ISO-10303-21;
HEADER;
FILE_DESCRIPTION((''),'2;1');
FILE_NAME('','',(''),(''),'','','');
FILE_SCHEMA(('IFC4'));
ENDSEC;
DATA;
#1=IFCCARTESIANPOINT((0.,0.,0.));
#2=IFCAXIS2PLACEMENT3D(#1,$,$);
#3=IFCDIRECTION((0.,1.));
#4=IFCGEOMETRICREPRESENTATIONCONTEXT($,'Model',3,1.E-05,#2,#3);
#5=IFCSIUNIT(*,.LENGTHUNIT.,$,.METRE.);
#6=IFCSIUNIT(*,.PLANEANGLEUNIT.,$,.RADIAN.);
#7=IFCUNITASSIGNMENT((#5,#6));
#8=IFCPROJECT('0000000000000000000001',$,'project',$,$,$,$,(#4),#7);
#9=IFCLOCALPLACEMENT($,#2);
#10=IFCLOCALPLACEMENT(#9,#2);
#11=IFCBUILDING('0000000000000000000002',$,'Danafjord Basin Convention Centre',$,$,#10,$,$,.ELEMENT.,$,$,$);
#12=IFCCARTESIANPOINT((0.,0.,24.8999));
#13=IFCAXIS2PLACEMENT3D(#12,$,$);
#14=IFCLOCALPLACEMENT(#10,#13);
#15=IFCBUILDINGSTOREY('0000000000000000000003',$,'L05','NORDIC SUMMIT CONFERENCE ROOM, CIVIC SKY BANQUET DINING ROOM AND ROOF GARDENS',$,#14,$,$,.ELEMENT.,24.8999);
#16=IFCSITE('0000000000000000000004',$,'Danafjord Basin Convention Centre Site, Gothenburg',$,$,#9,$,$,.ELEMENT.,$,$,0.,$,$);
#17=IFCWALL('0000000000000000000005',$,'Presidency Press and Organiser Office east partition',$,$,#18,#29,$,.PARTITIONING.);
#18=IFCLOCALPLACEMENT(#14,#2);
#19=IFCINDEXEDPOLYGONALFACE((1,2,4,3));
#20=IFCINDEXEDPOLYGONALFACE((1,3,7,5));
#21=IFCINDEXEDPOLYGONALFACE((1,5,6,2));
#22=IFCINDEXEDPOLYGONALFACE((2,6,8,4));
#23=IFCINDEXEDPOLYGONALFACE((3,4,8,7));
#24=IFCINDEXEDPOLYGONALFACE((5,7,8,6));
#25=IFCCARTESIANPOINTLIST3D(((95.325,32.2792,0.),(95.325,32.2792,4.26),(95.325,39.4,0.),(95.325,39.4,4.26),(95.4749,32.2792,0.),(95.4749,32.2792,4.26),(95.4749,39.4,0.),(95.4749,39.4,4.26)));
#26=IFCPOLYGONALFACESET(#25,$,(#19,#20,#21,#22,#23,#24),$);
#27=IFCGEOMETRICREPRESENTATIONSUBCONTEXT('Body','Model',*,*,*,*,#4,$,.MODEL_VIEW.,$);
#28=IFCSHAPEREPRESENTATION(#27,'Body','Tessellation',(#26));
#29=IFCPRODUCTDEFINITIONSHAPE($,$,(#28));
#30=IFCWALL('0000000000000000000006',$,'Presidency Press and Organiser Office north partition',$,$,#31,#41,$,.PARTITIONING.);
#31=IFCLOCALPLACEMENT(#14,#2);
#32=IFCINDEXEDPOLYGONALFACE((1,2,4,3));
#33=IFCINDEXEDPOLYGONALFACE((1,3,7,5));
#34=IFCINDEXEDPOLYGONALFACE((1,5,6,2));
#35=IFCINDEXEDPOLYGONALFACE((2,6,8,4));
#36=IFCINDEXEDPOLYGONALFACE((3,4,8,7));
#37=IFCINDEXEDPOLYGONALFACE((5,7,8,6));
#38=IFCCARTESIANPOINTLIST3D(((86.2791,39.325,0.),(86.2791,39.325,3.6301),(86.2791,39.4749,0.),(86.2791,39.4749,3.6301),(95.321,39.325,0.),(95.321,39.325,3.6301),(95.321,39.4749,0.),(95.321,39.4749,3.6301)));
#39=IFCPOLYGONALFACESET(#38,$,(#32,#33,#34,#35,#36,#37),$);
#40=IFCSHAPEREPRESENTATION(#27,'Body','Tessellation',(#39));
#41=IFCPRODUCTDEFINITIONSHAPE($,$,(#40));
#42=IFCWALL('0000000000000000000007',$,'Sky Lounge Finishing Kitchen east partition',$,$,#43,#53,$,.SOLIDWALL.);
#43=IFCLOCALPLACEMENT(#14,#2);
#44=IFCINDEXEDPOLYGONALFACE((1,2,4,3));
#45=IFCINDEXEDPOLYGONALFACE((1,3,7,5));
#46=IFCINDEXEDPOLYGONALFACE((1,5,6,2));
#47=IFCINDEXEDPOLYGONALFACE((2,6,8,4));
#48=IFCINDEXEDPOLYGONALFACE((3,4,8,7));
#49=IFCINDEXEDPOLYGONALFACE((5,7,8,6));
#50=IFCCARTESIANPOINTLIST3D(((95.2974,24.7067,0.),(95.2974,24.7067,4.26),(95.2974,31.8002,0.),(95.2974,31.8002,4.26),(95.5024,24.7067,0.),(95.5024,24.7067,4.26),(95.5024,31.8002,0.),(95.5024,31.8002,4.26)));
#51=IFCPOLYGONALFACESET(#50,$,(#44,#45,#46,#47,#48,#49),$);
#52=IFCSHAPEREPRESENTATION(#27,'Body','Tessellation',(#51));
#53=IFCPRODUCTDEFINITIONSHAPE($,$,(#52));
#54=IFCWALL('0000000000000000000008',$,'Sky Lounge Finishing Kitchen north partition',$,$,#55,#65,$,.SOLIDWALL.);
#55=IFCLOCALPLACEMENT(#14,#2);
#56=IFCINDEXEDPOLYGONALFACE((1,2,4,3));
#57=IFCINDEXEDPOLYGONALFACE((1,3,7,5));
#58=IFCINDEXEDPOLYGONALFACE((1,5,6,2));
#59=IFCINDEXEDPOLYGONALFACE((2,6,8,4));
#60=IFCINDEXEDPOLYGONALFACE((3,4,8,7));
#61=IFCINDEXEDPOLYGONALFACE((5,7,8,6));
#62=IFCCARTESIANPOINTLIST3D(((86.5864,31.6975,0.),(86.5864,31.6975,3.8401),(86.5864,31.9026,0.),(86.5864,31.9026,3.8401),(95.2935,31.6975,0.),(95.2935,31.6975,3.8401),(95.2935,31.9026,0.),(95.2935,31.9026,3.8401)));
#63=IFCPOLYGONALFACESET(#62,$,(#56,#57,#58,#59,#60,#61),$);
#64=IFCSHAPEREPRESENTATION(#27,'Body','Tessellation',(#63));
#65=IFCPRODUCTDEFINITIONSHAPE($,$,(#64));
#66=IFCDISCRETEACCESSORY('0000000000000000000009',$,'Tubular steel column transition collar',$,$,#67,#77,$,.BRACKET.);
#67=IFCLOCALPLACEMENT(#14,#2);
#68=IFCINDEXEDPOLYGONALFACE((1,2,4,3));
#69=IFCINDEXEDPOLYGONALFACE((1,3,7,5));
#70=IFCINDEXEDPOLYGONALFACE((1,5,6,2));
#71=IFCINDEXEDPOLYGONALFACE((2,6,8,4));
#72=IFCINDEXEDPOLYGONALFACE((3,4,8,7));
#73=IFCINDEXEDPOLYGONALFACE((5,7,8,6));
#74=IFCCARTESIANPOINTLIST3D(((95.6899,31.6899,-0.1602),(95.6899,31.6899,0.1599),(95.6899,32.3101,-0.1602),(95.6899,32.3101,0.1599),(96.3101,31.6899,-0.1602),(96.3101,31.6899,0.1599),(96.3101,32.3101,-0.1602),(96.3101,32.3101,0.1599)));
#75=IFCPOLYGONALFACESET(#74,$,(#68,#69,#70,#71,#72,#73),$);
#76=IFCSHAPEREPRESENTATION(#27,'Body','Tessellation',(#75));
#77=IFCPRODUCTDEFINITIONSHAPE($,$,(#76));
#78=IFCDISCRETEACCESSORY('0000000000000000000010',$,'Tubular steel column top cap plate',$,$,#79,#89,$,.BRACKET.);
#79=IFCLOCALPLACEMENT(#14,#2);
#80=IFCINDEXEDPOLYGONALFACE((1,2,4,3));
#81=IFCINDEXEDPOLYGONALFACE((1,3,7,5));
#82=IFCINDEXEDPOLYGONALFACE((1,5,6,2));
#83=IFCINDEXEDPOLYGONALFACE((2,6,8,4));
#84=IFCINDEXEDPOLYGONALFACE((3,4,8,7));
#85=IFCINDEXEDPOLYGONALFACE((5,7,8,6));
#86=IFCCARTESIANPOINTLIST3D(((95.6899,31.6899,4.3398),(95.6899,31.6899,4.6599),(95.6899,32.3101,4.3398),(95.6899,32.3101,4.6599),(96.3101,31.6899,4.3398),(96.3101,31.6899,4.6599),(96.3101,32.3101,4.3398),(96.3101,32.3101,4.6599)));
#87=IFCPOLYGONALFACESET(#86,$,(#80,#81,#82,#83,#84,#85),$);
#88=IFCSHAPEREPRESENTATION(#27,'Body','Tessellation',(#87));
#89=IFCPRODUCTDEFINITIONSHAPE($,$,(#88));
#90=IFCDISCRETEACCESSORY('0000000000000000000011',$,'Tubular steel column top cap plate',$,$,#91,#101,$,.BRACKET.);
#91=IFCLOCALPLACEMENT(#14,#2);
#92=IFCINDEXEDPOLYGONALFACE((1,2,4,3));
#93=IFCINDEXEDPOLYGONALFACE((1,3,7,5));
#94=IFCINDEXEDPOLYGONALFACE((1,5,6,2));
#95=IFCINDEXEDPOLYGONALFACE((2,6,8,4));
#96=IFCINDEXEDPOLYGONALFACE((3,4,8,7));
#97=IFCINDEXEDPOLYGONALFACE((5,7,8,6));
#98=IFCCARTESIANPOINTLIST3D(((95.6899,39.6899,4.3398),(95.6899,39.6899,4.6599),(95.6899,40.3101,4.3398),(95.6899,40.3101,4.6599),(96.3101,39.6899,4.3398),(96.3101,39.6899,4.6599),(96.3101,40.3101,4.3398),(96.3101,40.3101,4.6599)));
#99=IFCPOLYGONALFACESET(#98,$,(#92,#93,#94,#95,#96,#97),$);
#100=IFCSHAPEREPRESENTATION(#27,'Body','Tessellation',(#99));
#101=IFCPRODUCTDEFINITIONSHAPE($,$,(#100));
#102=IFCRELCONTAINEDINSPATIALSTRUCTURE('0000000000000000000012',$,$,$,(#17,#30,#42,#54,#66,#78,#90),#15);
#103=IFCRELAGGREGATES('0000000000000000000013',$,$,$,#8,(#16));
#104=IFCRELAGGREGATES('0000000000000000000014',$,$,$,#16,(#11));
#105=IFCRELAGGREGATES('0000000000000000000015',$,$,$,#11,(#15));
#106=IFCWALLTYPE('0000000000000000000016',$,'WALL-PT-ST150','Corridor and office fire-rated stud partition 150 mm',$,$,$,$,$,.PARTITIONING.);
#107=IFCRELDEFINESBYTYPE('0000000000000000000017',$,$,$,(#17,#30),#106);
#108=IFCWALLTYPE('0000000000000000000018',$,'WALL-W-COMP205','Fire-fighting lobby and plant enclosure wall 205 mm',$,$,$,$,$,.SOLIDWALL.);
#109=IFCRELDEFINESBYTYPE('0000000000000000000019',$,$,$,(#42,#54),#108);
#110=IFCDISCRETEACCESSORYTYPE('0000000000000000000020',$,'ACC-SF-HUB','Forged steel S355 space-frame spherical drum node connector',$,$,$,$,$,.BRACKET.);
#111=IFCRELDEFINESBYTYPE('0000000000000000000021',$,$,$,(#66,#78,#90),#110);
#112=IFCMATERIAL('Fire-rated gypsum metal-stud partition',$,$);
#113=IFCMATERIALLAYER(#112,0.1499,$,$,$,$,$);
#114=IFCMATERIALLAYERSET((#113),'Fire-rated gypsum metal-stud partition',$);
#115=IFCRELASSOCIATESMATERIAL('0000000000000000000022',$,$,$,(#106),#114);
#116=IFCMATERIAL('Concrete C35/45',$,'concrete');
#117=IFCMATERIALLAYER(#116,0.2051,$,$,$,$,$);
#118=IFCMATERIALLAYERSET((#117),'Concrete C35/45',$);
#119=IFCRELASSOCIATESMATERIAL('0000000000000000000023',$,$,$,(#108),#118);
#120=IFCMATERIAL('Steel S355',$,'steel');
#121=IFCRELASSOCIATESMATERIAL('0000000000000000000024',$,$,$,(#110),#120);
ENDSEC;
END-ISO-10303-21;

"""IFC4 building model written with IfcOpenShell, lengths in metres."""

from ifc_helpers import new_model, si_unit, direction, frame, frame_2d, origin, origin_2d, place, context, subcontext, project, spatial, rectangle, extrude, material, layer, layer_set, type_object, element, save


model = new_model("IFC4")

# Units and contexts
model_context = context("Model", 3, precision=1e-05, world=origin(), true_north=direction((0.0, 1.0)))
body_context = subcontext(model_context, "Body", "Model", "MODEL_VIEW")
ifc_project = project(units=[si_unit("LENGTHUNIT", "METRE"), si_unit("PLANEANGLEUNIT", "RADIAN")], contexts=[model_context])

# Site, building, storey
site_placement = place(None, origin())
site = spatial("IfcSite", under=ifc_project, at=site_placement, Name="Danafjord Basin Convention Centre Site, Gothenburg", CompositionType="ELEMENT", RefElevation=0.0)
building_placement = place(site_placement, origin())
building = spatial("IfcBuilding", under=site, at=building_placement, Name="Danafjord Basin Convention Centre", CompositionType="ELEMENT")
storey_placement = place(building_placement, frame((0.0, 0.0, 24.8999)))
storey = spatial("IfcBuildingStorey", under=building, at=storey_placement, Name="L05", Description="NORDIC SUMMIT CONFERENCE ROOM, CIVIC SKY BANQUET DINING ROOM AND ROOF GARDENS", CompositionType="ELEMENT", Elevation=24.8999)

# Shared definitions
ifc_material_1 = material(Name="Steel S355", Category="steel")

# Shared definitions
ifc_material_2 = material(Name="Concrete C35/45", Category="concrete")

# Walls
ifc_material_3 = material(Name="Fire-rated gypsum metal-stud partition")
ifc_layer_1 = layer(ifc_material_3, 0.1499)
ifc_layer_set_1 = layer_set([ifc_layer_1], Name="Fire-rated gypsum metal-stud partition")
wall_type_1 = type_object("IfcWallType", Name="WALL-PT-ST150", Description="Corridor and office fire-rated stud partition 150 mm", PredefinedType="PARTITIONING", material=ifc_layer_set_1)
wall_1_placement = place(storey_placement, frame((95.3999, 32.2791, 0.0), z_axis=(0.0, 0.0, 1.0), x_axis=(0.0, 1.0, 0.0)))
element("IfcWall", 1, at=wall_1_placement, inside=storey, type_object=wall_type_1, Name="Presidency Press and Organiser Office east partition", PredefinedType="PARTITIONING", context=body_context, shape_type="SweptSolid", body=[
    extrude(rectangle(XDim=7.1208, YDim=0.1499, at=frame_2d((3.5605, 0.0))), origin(), (0.0, 0.0, 1.0), 4.26),
])
wall_2_placement = place(storey_placement, frame((95.321, 39.3999, 0.0), z_axis=(0.0, 0.0, 1.0), x_axis=(-1.0, 0.0, 0.0)))
element("IfcWall", 2, at=wall_2_placement, inside=storey, type_object=wall_type_1, Name="Presidency Press and Organiser Office north partition", PredefinedType="PARTITIONING", context=body_context, shape_type="SweptSolid", body=[
    extrude(rectangle(XDim=9.042, YDim=0.1499, at=frame_2d((4.521, 0.0))), origin(), (0.0, 0.0, 1.0), 3.6301),
])
ifc_layer_2 = layer(ifc_material_2, 0.2051)
ifc_layer_set_2 = layer_set([ifc_layer_2], Name="Concrete C35/45")
wall_type_2 = type_object("IfcWallType", Name="WALL-W-COMP205", Description="Fire-fighting lobby and plant enclosure wall 205 mm", PredefinedType="SOLIDWALL", material=ifc_layer_set_2)
wall_3_placement = place(storey_placement, frame((95.3999, 24.7065, 0.0), z_axis=(0.0, 0.0, 1.0), x_axis=(0.0, 1.0, 0.0)))
element("IfcWall", 3, at=wall_3_placement, inside=storey, type_object=wall_type_2, Name="Sky Lounge Finishing Kitchen east partition", PredefinedType="SOLIDWALL", context=body_context, shape_type="SweptSolid", body=[
    extrude(rectangle(XDim=7.0935, YDim=0.2051, at=frame_2d((3.5469, 0.0))), origin(), (0.0, 0.0, 1.0), 4.26),
])
wall_4_placement = place(storey_placement, frame((95.2935, 31.8, 0.0), z_axis=(0.0, 0.0, 1.0), x_axis=(-1.0, 0.0, 0.0)))
element("IfcWall", 4, at=wall_4_placement, inside=storey, type_object=wall_type_2, Name="Sky Lounge Finishing Kitchen north partition", PredefinedType="SOLIDWALL", context=body_context, shape_type="SweptSolid", body=[
    extrude(rectangle(XDim=8.707, YDim=0.2051, at=frame_2d((4.3535, 0.0))), origin(), (0.0, 0.0, 1.0), 3.8401),
])

# Discrete accessories
discrete_accessory_type = type_object("IfcDiscreteAccessoryType", Name="ACC-SF-HUB", Description="Forged steel S355 space-frame spherical drum node connector", PredefinedType="BRACKET", material=ifc_material_1)
for number, where, z_axis, x_axis, name in (
    (5, (96.0, 32.0, -0.1602), (0.0, 0.0, 1.0), (1.0, 0.0, 0.0), "Tubular steel column transition collar"),
    (6, (96.0, 32.0, 4.3398), (0.0, 0.0, 1.0), (1.0, 0.0, 0.0), "Tubular steel column top cap plate"),
    (7, (96.0, 40.0, 4.3398), (0.0, 0.0, 1.0), (1.0, 0.0, 0.0), "Tubular steel column top cap plate"),
):
    element("IfcDiscreteAccessory", number, at=place(storey_placement, frame(where, z_axis=z_axis, x_axis=x_axis)), inside=storey, type_object=discrete_accessory_type, Name=name, PredefinedType="BRACKET", context=body_context, shape_type="SweptSolid", body=[
        extrude(rectangle(XDim=0.6201, YDim=0.6201, at=origin_2d()), origin(), (0.0, 0.0, 1.0), 0.3201),
    ])

save(model, "model.ifc")
